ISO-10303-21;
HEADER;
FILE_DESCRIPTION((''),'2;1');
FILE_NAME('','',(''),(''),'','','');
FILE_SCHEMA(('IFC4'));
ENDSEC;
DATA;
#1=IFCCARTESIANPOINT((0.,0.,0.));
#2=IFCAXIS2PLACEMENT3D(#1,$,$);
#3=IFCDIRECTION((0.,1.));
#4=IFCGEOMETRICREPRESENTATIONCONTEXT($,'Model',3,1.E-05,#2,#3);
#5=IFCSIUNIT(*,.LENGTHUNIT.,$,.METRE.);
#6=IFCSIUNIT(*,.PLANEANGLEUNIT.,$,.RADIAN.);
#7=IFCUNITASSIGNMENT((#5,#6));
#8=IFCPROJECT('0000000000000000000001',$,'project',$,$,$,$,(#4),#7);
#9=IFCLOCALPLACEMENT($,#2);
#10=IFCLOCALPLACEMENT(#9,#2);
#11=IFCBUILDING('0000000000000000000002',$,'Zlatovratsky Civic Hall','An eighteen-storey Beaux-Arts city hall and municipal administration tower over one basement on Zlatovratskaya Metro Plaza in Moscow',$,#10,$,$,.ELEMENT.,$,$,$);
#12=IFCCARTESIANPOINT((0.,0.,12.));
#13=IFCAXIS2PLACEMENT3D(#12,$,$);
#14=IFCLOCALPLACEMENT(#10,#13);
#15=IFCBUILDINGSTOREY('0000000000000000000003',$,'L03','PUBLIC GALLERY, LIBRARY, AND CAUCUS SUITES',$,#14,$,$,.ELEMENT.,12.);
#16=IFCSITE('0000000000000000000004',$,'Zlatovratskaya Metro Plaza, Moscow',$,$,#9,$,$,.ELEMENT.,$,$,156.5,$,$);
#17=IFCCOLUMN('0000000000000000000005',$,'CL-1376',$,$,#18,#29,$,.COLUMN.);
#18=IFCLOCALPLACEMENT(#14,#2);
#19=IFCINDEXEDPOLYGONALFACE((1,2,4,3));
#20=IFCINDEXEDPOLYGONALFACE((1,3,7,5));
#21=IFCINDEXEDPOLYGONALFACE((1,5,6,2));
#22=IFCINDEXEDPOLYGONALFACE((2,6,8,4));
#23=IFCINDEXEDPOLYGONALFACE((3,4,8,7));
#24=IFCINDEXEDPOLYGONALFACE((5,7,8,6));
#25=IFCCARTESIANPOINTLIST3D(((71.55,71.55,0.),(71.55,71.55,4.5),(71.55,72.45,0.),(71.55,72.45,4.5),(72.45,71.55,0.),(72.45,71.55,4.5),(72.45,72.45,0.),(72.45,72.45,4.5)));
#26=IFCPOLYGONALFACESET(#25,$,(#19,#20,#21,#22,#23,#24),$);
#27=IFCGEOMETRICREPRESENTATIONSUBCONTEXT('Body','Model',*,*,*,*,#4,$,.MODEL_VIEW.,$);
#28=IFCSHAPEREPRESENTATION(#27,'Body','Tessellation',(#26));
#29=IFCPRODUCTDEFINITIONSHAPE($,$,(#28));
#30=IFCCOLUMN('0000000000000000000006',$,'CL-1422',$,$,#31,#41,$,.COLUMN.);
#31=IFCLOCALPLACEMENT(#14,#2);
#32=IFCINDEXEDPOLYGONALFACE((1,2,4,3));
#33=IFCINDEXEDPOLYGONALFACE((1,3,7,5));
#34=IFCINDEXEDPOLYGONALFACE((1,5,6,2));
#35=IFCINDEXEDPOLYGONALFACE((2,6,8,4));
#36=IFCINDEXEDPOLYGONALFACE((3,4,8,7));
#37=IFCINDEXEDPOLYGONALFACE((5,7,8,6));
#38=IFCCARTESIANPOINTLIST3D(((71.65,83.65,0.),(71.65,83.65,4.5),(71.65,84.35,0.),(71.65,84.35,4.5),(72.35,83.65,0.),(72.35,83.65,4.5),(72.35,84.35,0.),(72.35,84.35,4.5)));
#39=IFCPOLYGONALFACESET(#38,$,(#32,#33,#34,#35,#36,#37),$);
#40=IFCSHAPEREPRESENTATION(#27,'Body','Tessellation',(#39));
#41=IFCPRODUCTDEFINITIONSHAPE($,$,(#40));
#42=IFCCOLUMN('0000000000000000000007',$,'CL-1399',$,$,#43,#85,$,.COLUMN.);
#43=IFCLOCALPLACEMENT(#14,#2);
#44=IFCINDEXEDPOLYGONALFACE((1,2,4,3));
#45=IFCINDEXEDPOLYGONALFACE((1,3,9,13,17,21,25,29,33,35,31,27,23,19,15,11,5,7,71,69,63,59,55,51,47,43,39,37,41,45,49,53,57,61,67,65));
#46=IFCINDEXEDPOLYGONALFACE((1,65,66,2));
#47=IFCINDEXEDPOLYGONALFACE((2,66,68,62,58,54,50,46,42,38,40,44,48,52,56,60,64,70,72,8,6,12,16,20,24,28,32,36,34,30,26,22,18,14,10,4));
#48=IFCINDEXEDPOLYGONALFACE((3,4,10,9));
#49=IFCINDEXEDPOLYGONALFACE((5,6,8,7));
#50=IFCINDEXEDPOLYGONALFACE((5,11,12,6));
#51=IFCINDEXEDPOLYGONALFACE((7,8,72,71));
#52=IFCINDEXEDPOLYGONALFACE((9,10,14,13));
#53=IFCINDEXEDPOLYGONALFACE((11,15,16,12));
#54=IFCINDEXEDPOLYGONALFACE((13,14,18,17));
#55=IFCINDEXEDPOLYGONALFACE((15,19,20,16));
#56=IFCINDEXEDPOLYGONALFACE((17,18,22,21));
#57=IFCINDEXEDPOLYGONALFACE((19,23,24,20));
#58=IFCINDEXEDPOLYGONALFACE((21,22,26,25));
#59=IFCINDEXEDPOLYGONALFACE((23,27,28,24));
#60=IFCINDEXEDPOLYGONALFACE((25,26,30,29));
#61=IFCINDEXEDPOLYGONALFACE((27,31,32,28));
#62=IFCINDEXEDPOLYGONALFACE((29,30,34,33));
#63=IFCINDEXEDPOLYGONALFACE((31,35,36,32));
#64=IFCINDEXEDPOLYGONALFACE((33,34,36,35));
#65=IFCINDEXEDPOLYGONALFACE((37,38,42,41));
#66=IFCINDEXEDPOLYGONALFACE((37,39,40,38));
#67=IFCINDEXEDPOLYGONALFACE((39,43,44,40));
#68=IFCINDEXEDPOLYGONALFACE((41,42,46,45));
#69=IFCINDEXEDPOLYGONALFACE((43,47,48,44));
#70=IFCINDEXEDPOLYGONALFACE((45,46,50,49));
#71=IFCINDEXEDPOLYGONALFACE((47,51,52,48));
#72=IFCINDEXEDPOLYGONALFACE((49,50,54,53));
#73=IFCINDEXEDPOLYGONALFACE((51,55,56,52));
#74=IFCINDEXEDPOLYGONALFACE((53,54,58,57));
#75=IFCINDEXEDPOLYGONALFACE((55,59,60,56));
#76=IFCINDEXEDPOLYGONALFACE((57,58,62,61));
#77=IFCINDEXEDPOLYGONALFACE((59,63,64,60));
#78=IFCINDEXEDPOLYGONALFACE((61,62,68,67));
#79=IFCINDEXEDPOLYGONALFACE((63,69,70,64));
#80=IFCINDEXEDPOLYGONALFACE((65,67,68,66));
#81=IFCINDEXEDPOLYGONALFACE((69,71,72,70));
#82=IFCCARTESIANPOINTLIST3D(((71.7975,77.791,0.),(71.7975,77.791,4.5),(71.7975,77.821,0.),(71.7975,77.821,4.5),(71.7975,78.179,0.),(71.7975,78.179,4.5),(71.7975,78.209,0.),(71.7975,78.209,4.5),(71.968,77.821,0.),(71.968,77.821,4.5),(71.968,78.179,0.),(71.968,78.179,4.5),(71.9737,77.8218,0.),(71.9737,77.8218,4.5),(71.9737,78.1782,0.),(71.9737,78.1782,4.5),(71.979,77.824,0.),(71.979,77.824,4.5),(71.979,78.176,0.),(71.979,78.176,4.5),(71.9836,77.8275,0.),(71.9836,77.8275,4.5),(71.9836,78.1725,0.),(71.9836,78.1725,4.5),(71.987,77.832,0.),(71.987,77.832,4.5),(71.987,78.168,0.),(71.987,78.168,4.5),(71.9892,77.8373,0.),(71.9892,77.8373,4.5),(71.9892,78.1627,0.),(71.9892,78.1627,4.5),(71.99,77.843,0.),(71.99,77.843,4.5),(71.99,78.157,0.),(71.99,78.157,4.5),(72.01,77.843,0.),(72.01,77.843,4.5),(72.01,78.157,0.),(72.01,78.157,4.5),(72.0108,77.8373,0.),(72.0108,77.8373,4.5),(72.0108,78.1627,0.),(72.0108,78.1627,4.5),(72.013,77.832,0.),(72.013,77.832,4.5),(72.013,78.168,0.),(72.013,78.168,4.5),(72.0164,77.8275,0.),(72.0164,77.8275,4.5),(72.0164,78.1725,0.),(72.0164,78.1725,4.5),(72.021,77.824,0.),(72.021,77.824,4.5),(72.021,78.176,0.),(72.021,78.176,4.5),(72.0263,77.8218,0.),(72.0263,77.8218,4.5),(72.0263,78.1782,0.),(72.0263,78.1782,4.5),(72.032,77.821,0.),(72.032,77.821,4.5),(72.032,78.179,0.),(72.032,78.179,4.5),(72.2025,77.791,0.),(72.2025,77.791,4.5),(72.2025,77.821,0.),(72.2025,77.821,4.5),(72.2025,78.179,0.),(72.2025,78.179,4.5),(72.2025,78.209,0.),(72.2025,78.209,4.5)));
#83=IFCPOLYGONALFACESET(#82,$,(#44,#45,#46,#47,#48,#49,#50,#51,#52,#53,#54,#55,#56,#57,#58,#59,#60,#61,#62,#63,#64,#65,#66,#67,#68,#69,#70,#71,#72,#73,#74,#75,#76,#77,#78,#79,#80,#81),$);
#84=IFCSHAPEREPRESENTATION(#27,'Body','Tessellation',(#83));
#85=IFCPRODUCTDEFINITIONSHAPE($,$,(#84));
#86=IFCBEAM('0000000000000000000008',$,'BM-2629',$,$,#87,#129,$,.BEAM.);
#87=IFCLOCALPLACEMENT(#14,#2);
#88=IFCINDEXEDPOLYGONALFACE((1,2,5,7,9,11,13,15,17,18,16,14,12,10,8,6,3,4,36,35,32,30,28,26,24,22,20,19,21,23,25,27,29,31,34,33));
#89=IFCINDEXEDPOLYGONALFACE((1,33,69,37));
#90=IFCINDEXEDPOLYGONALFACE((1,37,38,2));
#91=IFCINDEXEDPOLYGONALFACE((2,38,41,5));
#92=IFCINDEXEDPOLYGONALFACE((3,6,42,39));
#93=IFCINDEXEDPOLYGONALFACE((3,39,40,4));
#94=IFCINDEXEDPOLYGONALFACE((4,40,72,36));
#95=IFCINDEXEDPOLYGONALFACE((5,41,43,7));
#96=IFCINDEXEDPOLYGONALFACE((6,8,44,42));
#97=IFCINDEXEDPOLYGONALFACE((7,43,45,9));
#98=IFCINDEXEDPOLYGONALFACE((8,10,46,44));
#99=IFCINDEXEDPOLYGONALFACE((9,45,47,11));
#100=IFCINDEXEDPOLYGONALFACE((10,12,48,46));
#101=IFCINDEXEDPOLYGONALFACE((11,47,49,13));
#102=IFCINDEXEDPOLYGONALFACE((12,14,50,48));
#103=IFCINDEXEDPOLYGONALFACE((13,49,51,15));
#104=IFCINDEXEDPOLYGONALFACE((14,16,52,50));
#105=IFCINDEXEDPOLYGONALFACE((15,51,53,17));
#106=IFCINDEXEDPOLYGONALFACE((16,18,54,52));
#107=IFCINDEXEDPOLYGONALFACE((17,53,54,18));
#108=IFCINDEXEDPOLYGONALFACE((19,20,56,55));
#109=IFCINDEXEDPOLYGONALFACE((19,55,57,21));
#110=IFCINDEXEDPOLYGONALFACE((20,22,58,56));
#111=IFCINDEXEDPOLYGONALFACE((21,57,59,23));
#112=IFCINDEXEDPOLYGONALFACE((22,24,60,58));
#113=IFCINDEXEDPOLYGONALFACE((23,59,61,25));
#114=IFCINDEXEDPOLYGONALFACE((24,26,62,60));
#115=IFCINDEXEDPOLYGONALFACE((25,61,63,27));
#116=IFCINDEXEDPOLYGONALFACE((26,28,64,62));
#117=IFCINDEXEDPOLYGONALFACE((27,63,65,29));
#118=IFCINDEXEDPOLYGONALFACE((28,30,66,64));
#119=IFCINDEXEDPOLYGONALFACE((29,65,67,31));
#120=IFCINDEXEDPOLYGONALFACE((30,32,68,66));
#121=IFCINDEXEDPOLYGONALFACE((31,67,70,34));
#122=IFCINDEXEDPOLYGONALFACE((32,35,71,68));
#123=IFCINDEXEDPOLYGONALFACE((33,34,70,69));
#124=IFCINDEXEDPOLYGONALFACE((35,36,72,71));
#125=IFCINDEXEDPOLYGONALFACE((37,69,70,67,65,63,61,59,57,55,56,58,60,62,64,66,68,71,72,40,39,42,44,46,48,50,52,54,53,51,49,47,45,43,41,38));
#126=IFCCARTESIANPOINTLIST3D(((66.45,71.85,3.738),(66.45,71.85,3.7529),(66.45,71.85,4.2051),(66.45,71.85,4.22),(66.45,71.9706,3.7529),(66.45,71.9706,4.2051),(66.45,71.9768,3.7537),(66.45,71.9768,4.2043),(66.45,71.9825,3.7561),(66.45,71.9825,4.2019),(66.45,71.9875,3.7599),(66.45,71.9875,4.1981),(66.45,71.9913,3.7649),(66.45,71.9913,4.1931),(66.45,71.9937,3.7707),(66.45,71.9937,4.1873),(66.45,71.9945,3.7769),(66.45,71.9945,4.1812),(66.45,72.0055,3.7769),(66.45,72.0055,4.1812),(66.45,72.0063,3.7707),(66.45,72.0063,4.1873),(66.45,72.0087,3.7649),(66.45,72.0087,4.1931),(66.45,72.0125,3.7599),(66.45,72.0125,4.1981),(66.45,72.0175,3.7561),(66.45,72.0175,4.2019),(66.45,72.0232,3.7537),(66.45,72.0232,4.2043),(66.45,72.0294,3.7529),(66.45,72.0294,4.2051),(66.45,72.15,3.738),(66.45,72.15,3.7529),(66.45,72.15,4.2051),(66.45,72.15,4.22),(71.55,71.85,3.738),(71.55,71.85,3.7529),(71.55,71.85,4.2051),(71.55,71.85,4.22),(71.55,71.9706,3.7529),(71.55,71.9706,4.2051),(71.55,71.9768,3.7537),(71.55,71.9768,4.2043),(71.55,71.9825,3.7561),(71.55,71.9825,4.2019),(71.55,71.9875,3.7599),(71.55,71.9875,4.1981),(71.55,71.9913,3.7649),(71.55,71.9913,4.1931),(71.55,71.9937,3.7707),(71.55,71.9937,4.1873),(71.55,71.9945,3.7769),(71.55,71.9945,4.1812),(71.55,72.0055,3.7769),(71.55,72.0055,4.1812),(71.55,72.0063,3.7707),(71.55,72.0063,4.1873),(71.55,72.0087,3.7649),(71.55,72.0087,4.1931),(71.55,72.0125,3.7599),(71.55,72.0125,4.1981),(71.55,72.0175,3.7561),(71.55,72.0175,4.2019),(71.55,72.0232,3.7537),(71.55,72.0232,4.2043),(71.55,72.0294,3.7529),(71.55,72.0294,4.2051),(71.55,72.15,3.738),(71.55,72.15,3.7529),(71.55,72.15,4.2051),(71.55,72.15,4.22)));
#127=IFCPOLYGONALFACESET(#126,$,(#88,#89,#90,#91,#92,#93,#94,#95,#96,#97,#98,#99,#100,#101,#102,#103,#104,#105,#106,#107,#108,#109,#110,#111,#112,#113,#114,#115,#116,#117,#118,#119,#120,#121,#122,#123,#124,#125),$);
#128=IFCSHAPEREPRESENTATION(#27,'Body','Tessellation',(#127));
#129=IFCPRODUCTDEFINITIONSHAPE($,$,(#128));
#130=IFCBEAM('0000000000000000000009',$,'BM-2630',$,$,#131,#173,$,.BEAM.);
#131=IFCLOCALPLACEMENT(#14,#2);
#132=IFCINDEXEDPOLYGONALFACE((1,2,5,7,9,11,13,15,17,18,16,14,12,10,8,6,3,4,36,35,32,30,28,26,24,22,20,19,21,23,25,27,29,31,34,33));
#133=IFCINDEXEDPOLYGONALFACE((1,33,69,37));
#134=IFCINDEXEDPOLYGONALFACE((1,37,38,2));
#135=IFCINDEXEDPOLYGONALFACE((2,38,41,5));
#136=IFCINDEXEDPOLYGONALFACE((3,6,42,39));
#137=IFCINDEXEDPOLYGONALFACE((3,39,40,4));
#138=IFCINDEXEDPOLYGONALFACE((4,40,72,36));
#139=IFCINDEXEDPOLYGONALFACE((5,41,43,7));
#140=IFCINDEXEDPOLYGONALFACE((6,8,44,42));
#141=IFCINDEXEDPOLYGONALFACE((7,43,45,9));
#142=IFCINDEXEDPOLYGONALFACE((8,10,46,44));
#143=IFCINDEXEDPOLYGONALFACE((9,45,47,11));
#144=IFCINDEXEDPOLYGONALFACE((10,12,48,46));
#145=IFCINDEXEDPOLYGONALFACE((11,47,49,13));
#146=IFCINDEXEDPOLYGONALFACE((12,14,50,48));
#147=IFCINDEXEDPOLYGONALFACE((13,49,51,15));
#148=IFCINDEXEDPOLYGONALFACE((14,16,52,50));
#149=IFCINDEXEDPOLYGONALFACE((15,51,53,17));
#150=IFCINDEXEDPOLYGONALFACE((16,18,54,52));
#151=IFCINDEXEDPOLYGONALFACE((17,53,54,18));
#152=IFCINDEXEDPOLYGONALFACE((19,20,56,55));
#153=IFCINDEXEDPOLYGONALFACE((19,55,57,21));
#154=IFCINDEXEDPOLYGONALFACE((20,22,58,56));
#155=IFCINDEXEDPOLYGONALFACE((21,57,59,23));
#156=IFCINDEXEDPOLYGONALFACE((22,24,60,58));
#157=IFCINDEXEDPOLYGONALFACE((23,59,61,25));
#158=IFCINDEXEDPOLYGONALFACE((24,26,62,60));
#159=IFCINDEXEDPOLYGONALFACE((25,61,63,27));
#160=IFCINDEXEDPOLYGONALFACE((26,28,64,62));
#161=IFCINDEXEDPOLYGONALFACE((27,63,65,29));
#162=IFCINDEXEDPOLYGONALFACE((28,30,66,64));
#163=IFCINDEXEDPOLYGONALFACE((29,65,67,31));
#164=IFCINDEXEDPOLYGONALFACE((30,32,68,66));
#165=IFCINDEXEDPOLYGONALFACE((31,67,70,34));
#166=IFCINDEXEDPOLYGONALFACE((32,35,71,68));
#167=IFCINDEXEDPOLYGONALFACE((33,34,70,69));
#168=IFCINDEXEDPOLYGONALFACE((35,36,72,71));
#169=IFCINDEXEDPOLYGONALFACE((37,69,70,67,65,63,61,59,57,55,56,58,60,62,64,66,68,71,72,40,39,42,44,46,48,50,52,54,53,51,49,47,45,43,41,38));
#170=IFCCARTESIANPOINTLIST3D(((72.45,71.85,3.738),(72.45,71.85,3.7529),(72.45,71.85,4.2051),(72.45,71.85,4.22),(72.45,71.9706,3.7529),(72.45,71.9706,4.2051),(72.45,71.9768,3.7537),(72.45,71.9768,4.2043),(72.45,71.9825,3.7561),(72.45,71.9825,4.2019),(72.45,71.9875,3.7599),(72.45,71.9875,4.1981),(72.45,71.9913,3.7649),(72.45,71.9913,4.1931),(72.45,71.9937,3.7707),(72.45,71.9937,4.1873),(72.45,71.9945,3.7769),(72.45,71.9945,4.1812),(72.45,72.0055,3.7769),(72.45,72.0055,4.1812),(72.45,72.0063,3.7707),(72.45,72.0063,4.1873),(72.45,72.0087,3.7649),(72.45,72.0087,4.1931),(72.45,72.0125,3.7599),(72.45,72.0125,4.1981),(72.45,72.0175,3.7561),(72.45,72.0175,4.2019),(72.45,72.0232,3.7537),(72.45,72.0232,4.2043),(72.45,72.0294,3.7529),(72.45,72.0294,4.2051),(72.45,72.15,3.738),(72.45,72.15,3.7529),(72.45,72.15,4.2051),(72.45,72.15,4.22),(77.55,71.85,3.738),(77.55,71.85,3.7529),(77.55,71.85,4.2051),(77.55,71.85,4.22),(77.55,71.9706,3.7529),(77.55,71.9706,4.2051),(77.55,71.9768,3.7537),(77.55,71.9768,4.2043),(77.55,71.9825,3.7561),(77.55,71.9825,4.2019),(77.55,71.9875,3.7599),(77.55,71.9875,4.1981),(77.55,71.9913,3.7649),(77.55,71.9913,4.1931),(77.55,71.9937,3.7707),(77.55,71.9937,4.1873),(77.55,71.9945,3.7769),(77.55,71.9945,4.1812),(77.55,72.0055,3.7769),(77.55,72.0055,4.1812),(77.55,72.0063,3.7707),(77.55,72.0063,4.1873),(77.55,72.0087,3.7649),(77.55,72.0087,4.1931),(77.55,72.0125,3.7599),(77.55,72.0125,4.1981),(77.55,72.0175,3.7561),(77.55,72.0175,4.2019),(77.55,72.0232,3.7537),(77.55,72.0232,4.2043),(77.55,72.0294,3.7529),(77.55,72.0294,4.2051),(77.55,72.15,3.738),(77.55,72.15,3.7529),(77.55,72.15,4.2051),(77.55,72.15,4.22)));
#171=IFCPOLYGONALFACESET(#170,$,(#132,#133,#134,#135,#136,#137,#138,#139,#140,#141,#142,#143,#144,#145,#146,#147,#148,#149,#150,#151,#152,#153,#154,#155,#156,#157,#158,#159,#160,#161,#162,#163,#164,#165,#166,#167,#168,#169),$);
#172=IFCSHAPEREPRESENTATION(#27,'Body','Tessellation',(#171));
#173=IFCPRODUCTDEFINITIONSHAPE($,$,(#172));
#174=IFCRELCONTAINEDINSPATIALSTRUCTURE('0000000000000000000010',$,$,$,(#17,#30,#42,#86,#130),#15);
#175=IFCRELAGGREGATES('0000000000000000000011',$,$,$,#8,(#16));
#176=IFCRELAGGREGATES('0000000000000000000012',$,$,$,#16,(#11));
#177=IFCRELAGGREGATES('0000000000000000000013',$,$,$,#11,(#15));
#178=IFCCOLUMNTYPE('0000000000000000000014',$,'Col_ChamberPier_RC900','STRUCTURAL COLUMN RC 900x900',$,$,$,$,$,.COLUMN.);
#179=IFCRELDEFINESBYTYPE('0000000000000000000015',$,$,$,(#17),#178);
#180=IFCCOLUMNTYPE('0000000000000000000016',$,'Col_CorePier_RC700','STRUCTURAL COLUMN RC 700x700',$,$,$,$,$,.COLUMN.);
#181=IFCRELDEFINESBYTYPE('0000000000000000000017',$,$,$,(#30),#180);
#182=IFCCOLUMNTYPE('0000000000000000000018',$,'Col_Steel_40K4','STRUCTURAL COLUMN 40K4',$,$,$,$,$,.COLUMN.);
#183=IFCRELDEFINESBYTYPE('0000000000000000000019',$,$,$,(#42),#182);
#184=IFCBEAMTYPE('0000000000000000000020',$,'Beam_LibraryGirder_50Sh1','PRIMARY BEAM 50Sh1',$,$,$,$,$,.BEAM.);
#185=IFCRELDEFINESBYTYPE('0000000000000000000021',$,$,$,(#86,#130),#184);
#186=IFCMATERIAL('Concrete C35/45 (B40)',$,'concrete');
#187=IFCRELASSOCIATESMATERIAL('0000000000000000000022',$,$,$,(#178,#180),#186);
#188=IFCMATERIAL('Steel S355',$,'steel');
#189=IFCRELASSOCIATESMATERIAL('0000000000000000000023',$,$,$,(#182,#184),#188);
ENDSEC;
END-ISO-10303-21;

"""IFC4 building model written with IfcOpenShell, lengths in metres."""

from ifc_helpers import new_model, si_unit, direction, frame, origin, origin_2d, place, context, subcontext, project, spatial, rectangle, i_section, extrude, material, material_profile, profile_set, type_object, element, save


model = new_model("IFC4")

# Units and contexts
model_context = context("Model", 3, precision=1e-05, world=origin(), true_north=direction((0.0, 1.0)))
body_context = subcontext(model_context, "Body", "Model", "MODEL_VIEW")
ifc_project = project(units=[si_unit("LENGTHUNIT", "METRE"), si_unit("PLANEANGLEUNIT", "RADIAN")], contexts=[model_context])

# Site, building, storey
site_placement = place(None, origin())
site = spatial("IfcSite", under=ifc_project, at=site_placement, Name="Zlatovratskaya Metro Plaza, Moscow", CompositionType="ELEMENT", RefElevation=156.5)
building_placement = place(site_placement, origin())
building = spatial("IfcBuilding", under=site, at=building_placement, Name="Zlatovratsky Civic Hall", Description="An eighteen-storey Beaux-Arts city hall and municipal administration tower over one basement on Zlatovratskaya Metro Plaza in Moscow", CompositionType="ELEMENT")
storey_placement = place(building_placement, frame((0.0, 0.0, 12.0)))
storey = spatial("IfcBuildingStorey", under=building, at=storey_placement, Name="L03", Description="PUBLIC GALLERY, LIBRARY, AND CAUCUS SUITES", CompositionType="ELEMENT", Elevation=12.0)

# Columns
ifc_material_1 = material(Name="Concrete C35/45 (B40)", Category="concrete")
ifc_material_profile_1 = material_profile(ifc_material_1, rectangle(XDim=0.8999, YDim=0.8999, at=origin_2d()), Name="RC 900x900")
ifc_profile_set_1 = profile_set([ifc_material_profile_1], Name="Concrete C35/45 (B40)")
column_type_1 = type_object("IfcColumnType", Name="Col_ChamberPier_RC900", Description="STRUCTURAL COLUMN RC 900x900", PredefinedType="COLUMN", material=ifc_profile_set_1)
column_1_placement = place(storey_placement, frame((72.0, 72.0, 0.0), z_axis=(0.0, 0.0, 1.0), x_axis=(1.0, 0.0, 0.0)))
element("IfcColumn", 1, at=column_1_placement, inside=storey, type_object=column_type_1, Name="CL-1376", PredefinedType="COLUMN", context=body_context, shape_type="SweptSolid", body=[
    extrude(rectangle(XDim=0.8999, YDim=0.8999, at=origin_2d()), origin(), (0.0, 0.0, 1.0), 4.5),
])
ifc_material_profile_2 = material_profile(ifc_material_1, rectangle(XDim=0.7, YDim=0.7, at=origin_2d()), Name="RC 700x700")
ifc_profile_set_2 = profile_set([ifc_material_profile_2], Name="Concrete C35/45 (B40)")
column_type_2 = type_object("IfcColumnType", Name="Col_CorePier_RC700", Description="STRUCTURAL COLUMN RC 700x700", PredefinedType="COLUMN", material=ifc_profile_set_2)
column_2_placement = place(storey_placement, frame((72.0, 84.0, 0.0), z_axis=(0.0, 0.0, 1.0), x_axis=(1.0, 0.0, 0.0)))
element("IfcColumn", 2, at=column_2_placement, inside=storey, type_object=column_type_2, Name="CL-1422", PredefinedType="COLUMN", context=body_context, shape_type="SweptSolid", body=[
    extrude(rectangle(XDim=0.7, YDim=0.7, at=origin_2d()), origin(), (0.0, 0.0, 1.0), 4.5),
])
ifc_material_2 = material(Name="Steel S355", Category="steel")
ifc_material_profile_3 = material_profile(ifc_material_2, i_section(OverallWidth=0.405, OverallDepth=0.418, WebThickness=0.02, FlangeThickness=0.03, FilletRadius=0.022, at=origin_2d()), Name="40K4")
ifc_profile_set_3 = profile_set([ifc_material_profile_3], Name="Steel S355")
column_type_3 = type_object("IfcColumnType", Name="Col_Steel_40K4", Description="STRUCTURAL COLUMN 40K4", PredefinedType="COLUMN", material=ifc_profile_set_3)
column_3_placement = place(storey_placement, frame((72.0, 78.0, 0.0), z_axis=(0.0, 0.0, 1.0), x_axis=(1.0, 0.0, 0.0)))
element("IfcColumn", 3, at=column_3_placement, inside=storey, type_object=column_type_3, Name="CL-1399", PredefinedType="COLUMN", context=body_context, shape_type="SweptSolid", body=[
    extrude(i_section(OverallWidth=0.405, OverallDepth=0.418, WebThickness=0.02, FlangeThickness=0.03, FilletRadius=0.022, at=origin_2d()), origin(), (0.0, 0.0, 1.0), 4.5),
])

# Beams
ifc_material_profile_4 = material_profile(ifc_material_2, i_section(OverallWidth=0.3, OverallDepth=0.4819, WebThickness=0.011, FlangeThickness=0.0149, FilletRadius=0.0239, at=origin_2d()), Name="50Sh1")
ifc_profile_set_4 = profile_set([ifc_material_profile_4], Name="Steel S355")
beam_type = type_object("IfcBeamType", Name="Beam_LibraryGirder_50Sh1", Description="PRIMARY BEAM 50Sh1", PredefinedType="BEAM", material=ifc_profile_set_4)
for number, where, z_axis, x_axis, name in (
    (4, (66.45, 72.0, 3.979), (1.0, 0.0, 0.0), (0.0, 1.0, 0.0), "BM-2629"),
    (5, (72.45, 72.0, 3.979), (1.0, 0.0, 0.0), (0.0, 1.0, 0.0), "BM-2630"),
):
    element("IfcBeam", number, at=place(storey_placement, frame(where, z_axis=z_axis, x_axis=x_axis)), inside=storey, type_object=beam_type, Name=name, PredefinedType="BEAM", context=body_context, shape_type="SweptSolid", body=[
        extrude(i_section(OverallWidth=0.3, OverallDepth=0.4819, WebThickness=0.011, FlangeThickness=0.0149, FilletRadius=0.0239, at=origin_2d()), origin(), (0.0, 0.0, 1.0), 5.1001),
    ])

save(model, "model.ifc")
